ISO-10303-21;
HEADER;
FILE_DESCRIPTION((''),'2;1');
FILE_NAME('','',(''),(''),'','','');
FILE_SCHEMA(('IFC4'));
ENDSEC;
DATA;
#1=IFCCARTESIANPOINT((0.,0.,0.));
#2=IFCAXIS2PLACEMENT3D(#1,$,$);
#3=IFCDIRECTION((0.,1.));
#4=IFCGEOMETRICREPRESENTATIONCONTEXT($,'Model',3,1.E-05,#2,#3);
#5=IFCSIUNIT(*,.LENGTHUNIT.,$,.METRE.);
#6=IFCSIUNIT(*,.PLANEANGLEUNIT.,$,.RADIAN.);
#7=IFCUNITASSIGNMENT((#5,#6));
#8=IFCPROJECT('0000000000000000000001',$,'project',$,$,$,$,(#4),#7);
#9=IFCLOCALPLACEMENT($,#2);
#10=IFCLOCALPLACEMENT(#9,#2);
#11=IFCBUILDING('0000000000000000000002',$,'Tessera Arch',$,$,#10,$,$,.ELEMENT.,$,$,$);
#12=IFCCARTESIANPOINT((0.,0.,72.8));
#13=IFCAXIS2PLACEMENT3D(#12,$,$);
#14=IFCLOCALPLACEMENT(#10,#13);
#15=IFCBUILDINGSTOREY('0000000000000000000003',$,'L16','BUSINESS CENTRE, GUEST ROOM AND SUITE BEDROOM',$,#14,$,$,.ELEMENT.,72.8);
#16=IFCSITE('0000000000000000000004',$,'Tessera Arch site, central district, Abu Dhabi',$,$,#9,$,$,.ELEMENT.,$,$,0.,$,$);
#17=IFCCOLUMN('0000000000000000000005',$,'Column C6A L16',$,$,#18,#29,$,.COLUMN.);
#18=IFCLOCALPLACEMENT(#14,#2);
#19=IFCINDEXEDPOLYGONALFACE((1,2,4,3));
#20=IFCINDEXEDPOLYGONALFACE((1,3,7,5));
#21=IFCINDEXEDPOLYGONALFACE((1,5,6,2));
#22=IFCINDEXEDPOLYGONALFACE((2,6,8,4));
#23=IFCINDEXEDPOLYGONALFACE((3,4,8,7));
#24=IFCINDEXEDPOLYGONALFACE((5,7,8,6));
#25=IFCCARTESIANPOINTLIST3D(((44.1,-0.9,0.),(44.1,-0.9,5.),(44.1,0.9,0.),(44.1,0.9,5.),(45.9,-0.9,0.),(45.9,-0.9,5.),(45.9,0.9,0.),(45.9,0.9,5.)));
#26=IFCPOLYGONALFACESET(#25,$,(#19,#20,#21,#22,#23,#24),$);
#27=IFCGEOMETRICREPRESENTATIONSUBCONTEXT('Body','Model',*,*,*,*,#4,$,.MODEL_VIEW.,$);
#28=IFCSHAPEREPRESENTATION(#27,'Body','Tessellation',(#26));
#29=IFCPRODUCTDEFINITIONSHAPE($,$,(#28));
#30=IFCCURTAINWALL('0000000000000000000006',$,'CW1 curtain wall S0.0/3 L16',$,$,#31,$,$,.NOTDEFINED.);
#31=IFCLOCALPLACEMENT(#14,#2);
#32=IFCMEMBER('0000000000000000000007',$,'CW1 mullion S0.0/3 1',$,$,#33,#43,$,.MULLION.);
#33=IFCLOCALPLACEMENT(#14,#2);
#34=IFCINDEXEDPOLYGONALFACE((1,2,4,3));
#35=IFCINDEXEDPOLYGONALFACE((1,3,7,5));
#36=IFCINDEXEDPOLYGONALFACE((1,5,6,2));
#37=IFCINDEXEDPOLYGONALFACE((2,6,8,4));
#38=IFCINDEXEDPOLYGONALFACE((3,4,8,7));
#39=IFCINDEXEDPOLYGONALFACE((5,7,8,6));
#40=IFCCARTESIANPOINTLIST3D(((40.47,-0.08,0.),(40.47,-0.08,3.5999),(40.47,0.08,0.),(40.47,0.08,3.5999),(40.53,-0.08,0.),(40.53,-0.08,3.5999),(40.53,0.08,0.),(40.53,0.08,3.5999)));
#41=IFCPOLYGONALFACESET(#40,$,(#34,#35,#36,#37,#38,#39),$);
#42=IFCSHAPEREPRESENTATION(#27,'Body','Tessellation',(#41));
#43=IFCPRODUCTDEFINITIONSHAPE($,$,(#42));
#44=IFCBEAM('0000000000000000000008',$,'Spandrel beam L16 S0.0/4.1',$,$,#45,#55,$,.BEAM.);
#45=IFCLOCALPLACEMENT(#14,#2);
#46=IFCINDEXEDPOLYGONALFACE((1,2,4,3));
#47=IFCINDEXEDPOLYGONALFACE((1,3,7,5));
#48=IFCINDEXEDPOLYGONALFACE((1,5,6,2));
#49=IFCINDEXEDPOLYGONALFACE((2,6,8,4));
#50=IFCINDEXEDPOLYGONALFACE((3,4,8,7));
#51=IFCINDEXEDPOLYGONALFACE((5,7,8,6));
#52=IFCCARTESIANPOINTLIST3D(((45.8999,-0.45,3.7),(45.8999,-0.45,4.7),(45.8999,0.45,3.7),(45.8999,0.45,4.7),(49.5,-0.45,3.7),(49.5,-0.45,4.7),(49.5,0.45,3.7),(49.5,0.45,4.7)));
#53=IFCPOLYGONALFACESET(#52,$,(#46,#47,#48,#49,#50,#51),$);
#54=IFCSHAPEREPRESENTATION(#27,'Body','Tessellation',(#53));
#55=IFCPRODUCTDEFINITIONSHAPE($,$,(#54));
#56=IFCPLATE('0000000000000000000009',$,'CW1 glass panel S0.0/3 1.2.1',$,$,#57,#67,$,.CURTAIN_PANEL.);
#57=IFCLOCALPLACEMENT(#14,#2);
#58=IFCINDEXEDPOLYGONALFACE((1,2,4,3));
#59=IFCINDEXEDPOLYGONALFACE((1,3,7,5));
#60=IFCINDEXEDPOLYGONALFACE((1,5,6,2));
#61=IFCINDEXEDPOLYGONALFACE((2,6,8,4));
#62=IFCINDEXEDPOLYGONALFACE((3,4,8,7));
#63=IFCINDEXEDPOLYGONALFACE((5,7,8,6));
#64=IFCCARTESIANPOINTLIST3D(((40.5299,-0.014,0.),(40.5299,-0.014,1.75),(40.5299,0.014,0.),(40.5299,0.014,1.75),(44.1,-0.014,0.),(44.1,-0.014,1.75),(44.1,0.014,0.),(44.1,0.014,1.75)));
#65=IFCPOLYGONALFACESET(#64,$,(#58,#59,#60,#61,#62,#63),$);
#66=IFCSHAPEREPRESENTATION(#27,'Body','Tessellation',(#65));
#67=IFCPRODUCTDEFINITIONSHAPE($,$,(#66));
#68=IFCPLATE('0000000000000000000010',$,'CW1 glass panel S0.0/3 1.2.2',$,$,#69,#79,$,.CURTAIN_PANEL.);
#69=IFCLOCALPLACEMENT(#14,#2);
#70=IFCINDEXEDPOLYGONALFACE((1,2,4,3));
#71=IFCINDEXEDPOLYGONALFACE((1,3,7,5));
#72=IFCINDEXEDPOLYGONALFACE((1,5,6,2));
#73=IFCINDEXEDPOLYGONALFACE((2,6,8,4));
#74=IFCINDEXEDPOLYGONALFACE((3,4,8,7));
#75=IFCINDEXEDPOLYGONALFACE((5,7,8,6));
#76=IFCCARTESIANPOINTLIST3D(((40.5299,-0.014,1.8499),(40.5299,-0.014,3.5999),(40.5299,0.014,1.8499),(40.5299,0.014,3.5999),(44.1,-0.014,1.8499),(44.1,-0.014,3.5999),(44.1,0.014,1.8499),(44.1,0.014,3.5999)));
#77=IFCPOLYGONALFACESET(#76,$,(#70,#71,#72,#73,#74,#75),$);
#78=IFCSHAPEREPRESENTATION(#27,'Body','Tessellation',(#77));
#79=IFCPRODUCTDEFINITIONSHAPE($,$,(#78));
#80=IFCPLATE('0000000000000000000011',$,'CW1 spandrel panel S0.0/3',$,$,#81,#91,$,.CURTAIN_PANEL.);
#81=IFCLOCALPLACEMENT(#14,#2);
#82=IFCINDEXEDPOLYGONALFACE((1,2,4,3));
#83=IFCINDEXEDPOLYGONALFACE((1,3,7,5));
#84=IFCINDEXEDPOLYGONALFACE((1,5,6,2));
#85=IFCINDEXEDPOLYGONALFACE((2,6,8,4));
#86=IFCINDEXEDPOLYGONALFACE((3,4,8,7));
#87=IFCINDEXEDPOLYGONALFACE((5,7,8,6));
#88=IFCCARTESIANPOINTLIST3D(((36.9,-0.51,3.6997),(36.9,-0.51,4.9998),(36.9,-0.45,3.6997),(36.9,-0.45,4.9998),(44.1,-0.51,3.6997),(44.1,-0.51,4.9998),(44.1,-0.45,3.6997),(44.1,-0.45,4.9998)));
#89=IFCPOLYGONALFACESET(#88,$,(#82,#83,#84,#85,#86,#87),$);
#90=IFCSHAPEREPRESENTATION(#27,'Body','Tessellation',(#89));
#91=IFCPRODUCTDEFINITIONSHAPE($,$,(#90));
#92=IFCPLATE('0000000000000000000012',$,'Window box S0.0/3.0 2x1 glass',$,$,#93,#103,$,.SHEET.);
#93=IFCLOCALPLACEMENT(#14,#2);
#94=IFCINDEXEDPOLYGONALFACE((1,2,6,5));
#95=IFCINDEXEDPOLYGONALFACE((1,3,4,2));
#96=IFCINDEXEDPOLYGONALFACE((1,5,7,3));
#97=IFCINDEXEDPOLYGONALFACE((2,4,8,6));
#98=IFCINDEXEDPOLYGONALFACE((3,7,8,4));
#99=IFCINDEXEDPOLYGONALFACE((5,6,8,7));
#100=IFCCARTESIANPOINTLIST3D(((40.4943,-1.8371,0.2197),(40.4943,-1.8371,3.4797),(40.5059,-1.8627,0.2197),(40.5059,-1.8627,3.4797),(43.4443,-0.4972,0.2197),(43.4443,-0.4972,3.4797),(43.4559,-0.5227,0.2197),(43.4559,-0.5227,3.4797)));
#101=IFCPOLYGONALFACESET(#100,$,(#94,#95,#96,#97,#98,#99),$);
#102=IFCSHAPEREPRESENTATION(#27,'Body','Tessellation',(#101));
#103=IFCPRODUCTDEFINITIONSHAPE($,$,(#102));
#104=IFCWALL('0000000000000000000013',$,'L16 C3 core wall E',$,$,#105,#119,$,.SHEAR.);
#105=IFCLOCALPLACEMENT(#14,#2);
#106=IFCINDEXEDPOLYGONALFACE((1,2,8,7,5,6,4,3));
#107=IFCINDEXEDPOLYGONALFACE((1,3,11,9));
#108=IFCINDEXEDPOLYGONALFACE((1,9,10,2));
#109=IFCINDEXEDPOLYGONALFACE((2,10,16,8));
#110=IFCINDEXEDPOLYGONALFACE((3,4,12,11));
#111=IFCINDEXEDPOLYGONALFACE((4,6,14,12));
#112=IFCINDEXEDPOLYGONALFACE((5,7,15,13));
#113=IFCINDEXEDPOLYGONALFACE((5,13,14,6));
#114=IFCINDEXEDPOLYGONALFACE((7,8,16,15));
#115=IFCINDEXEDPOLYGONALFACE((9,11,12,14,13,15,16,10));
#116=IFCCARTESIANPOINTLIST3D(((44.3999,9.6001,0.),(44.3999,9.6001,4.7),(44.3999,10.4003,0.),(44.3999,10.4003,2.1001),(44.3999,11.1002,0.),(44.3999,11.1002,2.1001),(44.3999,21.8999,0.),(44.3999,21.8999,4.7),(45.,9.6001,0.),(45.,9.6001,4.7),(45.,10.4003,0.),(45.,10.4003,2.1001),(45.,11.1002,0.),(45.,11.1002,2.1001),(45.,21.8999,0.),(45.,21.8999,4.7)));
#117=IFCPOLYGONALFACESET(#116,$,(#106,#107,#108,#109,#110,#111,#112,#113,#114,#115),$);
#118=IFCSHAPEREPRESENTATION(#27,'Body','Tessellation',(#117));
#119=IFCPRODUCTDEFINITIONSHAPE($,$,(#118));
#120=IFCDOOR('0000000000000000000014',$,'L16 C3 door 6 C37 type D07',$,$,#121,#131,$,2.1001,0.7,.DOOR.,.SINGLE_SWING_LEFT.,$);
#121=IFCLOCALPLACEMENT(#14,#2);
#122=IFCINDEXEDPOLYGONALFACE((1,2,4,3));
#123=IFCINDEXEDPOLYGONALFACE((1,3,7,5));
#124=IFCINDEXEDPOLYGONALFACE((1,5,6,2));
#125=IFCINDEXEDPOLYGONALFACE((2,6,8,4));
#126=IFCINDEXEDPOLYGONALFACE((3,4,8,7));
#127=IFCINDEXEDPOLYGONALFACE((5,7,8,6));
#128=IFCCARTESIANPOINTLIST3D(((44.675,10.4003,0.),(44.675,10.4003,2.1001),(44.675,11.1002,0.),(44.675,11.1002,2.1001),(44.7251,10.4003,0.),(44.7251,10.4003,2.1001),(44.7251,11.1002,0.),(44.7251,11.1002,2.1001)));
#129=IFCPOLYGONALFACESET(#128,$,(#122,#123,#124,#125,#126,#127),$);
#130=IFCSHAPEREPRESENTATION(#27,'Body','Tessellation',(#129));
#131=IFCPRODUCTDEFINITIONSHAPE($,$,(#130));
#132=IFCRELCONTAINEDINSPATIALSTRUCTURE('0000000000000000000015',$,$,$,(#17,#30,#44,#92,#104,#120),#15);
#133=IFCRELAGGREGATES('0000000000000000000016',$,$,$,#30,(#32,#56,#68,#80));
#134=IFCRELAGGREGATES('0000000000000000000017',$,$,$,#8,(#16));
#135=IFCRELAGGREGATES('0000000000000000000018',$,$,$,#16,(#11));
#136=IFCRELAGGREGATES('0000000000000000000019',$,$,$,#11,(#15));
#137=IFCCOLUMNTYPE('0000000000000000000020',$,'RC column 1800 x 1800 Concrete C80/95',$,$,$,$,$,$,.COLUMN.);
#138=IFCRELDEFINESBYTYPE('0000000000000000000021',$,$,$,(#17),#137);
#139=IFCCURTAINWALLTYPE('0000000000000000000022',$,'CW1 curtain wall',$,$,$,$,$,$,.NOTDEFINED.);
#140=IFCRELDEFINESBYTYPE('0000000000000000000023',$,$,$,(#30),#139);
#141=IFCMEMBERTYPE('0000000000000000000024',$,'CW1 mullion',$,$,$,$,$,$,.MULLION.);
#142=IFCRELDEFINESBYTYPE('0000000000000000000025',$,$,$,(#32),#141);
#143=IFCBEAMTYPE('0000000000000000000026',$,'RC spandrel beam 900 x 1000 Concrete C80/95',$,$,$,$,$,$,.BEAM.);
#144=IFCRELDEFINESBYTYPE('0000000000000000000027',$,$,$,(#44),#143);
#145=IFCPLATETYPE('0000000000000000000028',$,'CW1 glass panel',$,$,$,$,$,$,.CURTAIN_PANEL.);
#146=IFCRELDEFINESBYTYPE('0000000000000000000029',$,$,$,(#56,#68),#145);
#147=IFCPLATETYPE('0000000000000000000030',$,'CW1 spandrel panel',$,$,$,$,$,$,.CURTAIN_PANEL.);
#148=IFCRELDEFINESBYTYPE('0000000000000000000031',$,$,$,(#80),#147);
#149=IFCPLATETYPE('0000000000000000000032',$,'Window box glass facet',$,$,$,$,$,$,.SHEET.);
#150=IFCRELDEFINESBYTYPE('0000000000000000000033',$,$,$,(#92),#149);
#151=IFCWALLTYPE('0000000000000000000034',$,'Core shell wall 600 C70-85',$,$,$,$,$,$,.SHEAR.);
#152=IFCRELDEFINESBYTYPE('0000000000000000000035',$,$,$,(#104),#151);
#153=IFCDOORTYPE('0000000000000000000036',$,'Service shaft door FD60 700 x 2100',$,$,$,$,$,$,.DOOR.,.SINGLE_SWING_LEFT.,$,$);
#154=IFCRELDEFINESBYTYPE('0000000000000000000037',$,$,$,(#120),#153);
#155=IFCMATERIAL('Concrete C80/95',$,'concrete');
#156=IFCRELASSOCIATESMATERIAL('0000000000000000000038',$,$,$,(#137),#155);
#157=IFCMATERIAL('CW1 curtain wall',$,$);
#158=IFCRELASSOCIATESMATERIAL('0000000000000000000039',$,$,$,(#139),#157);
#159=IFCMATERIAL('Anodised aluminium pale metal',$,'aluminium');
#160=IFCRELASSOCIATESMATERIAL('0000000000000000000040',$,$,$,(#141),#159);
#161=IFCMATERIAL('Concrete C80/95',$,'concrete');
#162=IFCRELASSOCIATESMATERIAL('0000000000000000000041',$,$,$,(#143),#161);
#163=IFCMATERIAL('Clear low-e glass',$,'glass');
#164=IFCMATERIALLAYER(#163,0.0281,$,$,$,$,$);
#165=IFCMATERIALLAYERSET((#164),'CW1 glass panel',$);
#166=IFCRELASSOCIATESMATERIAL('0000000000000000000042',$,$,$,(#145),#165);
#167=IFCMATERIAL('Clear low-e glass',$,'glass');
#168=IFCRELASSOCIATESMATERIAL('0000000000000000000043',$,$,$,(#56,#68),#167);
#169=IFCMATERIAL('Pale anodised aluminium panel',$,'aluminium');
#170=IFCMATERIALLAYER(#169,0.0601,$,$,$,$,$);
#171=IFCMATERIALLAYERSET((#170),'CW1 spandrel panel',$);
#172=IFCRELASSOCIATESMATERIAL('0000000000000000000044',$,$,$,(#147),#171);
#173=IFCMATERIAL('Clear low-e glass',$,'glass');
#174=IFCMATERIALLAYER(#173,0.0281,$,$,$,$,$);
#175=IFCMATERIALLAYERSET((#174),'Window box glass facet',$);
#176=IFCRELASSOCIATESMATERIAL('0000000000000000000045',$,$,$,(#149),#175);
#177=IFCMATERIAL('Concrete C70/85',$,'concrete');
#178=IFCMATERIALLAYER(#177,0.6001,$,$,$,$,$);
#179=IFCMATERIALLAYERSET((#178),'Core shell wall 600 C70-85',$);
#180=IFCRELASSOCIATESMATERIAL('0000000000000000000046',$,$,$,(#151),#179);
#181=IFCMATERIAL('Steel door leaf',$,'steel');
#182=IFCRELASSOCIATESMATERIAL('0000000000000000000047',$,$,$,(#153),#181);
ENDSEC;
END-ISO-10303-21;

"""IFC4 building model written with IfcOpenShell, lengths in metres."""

from ifc_helpers import new_model, si_unit, direction, frame, frame_2d, origin, origin_2d, place, context, subcontext, project, spatial, rectangle, extrude, material, layer, layer_set, material_profile, profile_set, type_object, element, fill, aggregate, save


model = new_model("IFC4")

# Units and contexts
model_context = context("Model", 3, precision=1e-05, world=origin(), true_north=direction((0.0, 1.0)))
body_context = subcontext(model_context, "Body", "Model", "MODEL_VIEW")
ifc_project = project(units=[si_unit("LENGTHUNIT", "METRE"), si_unit("PLANEANGLEUNIT", "RADIAN")], contexts=[model_context])

# Site, building, storey
site_placement = place(None, origin())
site = spatial("IfcSite", under=ifc_project, at=site_placement, Name="Tessera Arch site, central district, Abu Dhabi", CompositionType="ELEMENT", RefElevation=0.0)
building_placement = place(site_placement, origin())
building = spatial("IfcBuilding", under=site, at=building_placement, Name="Tessera Arch", CompositionType="ELEMENT")
storey_placement = place(building_placement, frame((0.0, 0.0, 72.8)))
storey = spatial("IfcBuildingStorey", under=building, at=storey_placement, Name="L16", Description="BUSINESS CENTRE, GUEST ROOM AND SUITE BEDROOM", CompositionType="ELEMENT", Elevation=72.8)

# Column
ifc_material_1 = material(Name="Concrete C80/95", Category="concrete")
ifc_material_profile_1 = material_profile(ifc_material_1, rectangle(XDim=1.8, YDim=1.8, at=origin_2d()), Name="RC column 1800 x 1800 Concrete C80/95")
ifc_profile_set_1 = profile_set([ifc_material_profile_1], Name="Concrete C80/95")
column_type = type_object("IfcColumnType", Name="RC column 1800 x 1800 Concrete C80/95", PredefinedType="COLUMN", material=ifc_profile_set_1)
column_placement = place(storey_placement, frame((45.0, 0.0, 0.0), z_axis=(0.0, 0.0, 1.0), x_axis=(1.0, 0.0, 0.0)))
element("IfcColumn", 1, at=column_placement, inside=storey, type_object=column_type, Name="Column C6A L16", PredefinedType="COLUMN", context=body_context, shape_type="SweptSolid", body=[
    extrude(rectangle(XDim=1.8, YDim=1.8, at=origin_2d()), origin(), (0.0, 0.0, 1.0), 5.0),
])

# Curtain wall, member
ifc_material_2 = material(Name="CW1 curtain wall")
curtain_wall_type = type_object("IfcCurtainWallType", Name="CW1 curtain wall", PredefinedType="NOTDEFINED", material=ifc_material_2)
curtain_wall_placement = place(storey_placement, origin())
curtain_wall = element("IfcCurtainWall", 2, at=curtain_wall_placement, inside=storey, type_object=curtain_wall_type, Name="CW1 curtain wall S0.0/3 L16", PredefinedType="NOTDEFINED")
ifc_material_3 = material(Name="Anodised aluminium pale metal", Category="aluminium")
ifc_material_profile_2 = material_profile(ifc_material_3, rectangle(XDim=0.1599, YDim=0.0601, at=origin_2d()), Name="AL 60x160")
ifc_profile_set_2 = profile_set([ifc_material_profile_2], Name="Anodised aluminium pale metal")
member_type = type_object("IfcMemberType", Name="CW1 mullion", PredefinedType="MULLION", material=ifc_profile_set_2)
member_placement = place(storey_placement, frame((40.5, 0.0, 0.0), z_axis=(0.0, 0.0, 1.0), x_axis=(0.0, 1.0, 0.0)))
member = element("IfcMember", 3, at=member_placement, type_object=member_type, Name="CW1 mullion S0.0/3 1", PredefinedType="MULLION", context=body_context, shape_type="SweptSolid", body=[
    extrude(rectangle(XDim=0.1599, YDim=0.0601, at=origin_2d()), origin(), (0.0, 0.0, 1.0), 3.5999),
])

# Beam
ifc_material_4 = material(Name="Concrete C80/95", Category="concrete")
ifc_material_profile_3 = material_profile(ifc_material_4, rectangle(XDim=0.8999, YDim=1.0, at=origin_2d()), Name="RC spandrel beam 900 x 1000 Concrete C80/95")
ifc_profile_set_3 = profile_set([ifc_material_profile_3], Name="Concrete C80/95")
beam_type = type_object("IfcBeamType", Name="RC spandrel beam 900 x 1000 Concrete C80/95", PredefinedType="BEAM", material=ifc_profile_set_3)
beam_placement = place(storey_placement, frame((45.8999, 0.0, 4.2), z_axis=(1.0, 0.0, 0.0), x_axis=(0.0, 1.0, 0.0)))
element("IfcBeam", 4, at=beam_placement, inside=storey, type_object=beam_type, Name="Spandrel beam L16 S0.0/4.1", PredefinedType="BEAM", context=body_context, shape_type="SweptSolid", body=[
    extrude(rectangle(XDim=0.8999, YDim=1.0, at=origin_2d()), origin(), (0.0, 0.0, 1.0), 3.6001),
])

# Plates
ifc_material_5 = material(Name="Clear low-e glass", Category="glass")
ifc_material_6 = material(Name="Clear low-e glass", Category="glass")
ifc_layer_1 = layer(ifc_material_6, 0.0281)
ifc_layer_set_1 = layer_set([ifc_layer_1], Name="CW1 glass panel")
plate_type_1 = type_object("IfcPlateType", Name="CW1 glass panel", PredefinedType="CURTAIN_PANEL", material=ifc_layer_set_1)
plate_1_placement = place(storey_placement, frame((42.3149, 0.0, 0.0), z_axis=(0.0, 0.0, 1.0), x_axis=(1.0, 0.0, 0.0)))
plate_1 = element("IfcPlate", 5, at=plate_1_placement, type_object=plate_type_1, material=ifc_material_5, Name="CW1 glass panel S0.0/3 1.2.1", PredefinedType="CURTAIN_PANEL", context=body_context, shape_type="SweptSolid", body=[
    extrude(rectangle(XDim=3.5701, YDim=0.0281, at=origin_2d()), origin(), (0.0, 0.0, 1.0), 1.75),
])
plate_2_placement = place(storey_placement, frame((42.3149, 0.0, 1.8499), z_axis=(0.0, 0.0, 1.0), x_axis=(1.0, 0.0, 0.0)))
plate_2 = element("IfcPlate", 6, at=plate_2_placement, type_object=plate_type_1, material=ifc_material_5, Name="CW1 glass panel S0.0/3 1.2.2", PredefinedType="CURTAIN_PANEL", context=body_context, shape_type="SweptSolid", body=[
    extrude(rectangle(XDim=3.5701, YDim=0.0281, at=origin_2d()), origin(), (0.0, 0.0, 1.0), 1.75),
])
ifc_material_7 = material(Name="Pale anodised aluminium panel", Category="aluminium")
ifc_layer_2 = layer(ifc_material_7, 0.0601)
ifc_layer_set_2 = layer_set([ifc_layer_2], Name="CW1 spandrel panel")
plate_type_2 = type_object("IfcPlateType", Name="CW1 spandrel panel", PredefinedType="CURTAIN_PANEL", material=ifc_layer_set_2)
plate_3_placement = place(storey_placement, frame((40.5, -0.48, 3.6997), z_axis=(0.0, 0.0, 1.0), x_axis=(1.0, 0.0, 0.0)))
plate_3 = element("IfcPlate", 7, at=plate_3_placement, type_object=plate_type_2, Name="CW1 spandrel panel S0.0/3", PredefinedType="CURTAIN_PANEL", context=body_context, shape_type="SweptSolid", body=[
    extrude(rectangle(XDim=7.2, YDim=0.0601, at=origin_2d()), origin(), (0.0, 0.0, 1.0), 1.3),
])
aggregate(curtain_wall, [member, plate_1, plate_2, plate_3])
ifc_material_8 = material(Name="Clear low-e glass", Category="glass")
ifc_layer_3 = layer(ifc_material_8, 0.0281)
ifc_layer_set_3 = layer_set([ifc_layer_3], Name="Window box glass facet")
plate_type_3 = type_object("IfcPlateType", Name="Window box glass facet", PredefinedType="SHEET", material=ifc_layer_set_3)
plate_4_placement = place(storey_placement, frame((41.9751, -1.1799, 0.2197), z_axis=(0.0, 0.0, 1.0), x_axis=(-0.910472, -0.41357, 0.0)))
element("IfcPlate", 8, at=plate_4_placement, inside=storey, type_object=plate_type_3, Name="Window box S0.0/3.0 2x1 glass", PredefinedType="SHEET", context=body_context, shape_type="SweptSolid", body=[
    extrude(rectangle(XDim=3.24, YDim=0.0281, at=origin_2d()), origin(), (0.0, 0.0, 1.0), 3.26),
])

# Wall, opening, door
ifc_material_9 = material(Name="Concrete C70/85", Category="concrete")
ifc_layer_4 = layer(ifc_material_9, 0.6001)
ifc_layer_set_4 = layer_set([ifc_layer_4], Name="Core shell wall 600 C70-85")
wall_type_1 = type_object("IfcWallType", Name="Core shell wall 600 C70-85", PredefinedType="SHEAR", material=ifc_layer_set_4)
wall_1_placement = place(storey_placement, frame((44.7, 9.6001, 0.0), z_axis=(0.0, 0.0, 1.0), x_axis=(0.0, 1.0, 0.0)))
wall_1 = element("IfcWall", 9, at=wall_1_placement, inside=storey, type_object=wall_type_1, Name="L16 C3 core wall E", PredefinedType="SHEAR", context=body_context, shape_type="SweptSolid", body=[
    extrude(rectangle(XDim=12.2998, YDim=0.6001, at=frame_2d((6.1499, 0.0))), origin(), (0.0, 0.0, 1.0), 4.7),
])
opening_1_placement = place(wall_1_placement, frame((0.8, 0.0, 0.0)))
opening_1 = element("IfcOpeningElement", 10, at=opening_1_placement, cuts=wall_1, PredefinedType="OPENING", context=body_context, shape_type="SweptSolid", body=[
    extrude(rectangle(XDim=0.7, YDim=2.1001, at=frame_2d((0.3501, 1.05))), frame((0.0, 0.3101, 0.0), z_axis=(0.0, -1.0, 0.0), x_axis=(1.0, 0.0, 0.0)), (0.0, 0.0, 1.0), 0.6201),
])
ifc_material_10 = material(Name="Steel door leaf", Category="steel")
door_type_1 = type_object("IfcDoorType", Name="Service shaft door FD60 700 x 2100", OperationType="SINGLE_SWING_LEFT", PredefinedType="DOOR", material=ifc_material_10)
door_1_placement = place(opening_1_placement, origin())
door_1 = element("IfcDoor", 11, at=door_1_placement, inside=storey, type_object=door_type_1, Name="L16 C3 door 6 C37 type D07", OperationType="SINGLE_SWING_LEFT", OverallHeight=2.1001, OverallWidth=0.7, PredefinedType="DOOR", context=body_context, shape_type="SweptSolid", body=[
    extrude(rectangle(XDim=0.7, YDim=2.1001, at=frame_2d((0.3501, 1.05))), frame((0.0, 0.0249, 0.0), z_axis=(0.0, -1.0, 0.0), x_axis=(1.0, 0.0, 0.0)), (0.0, 0.0, 1.0), 0.05),
])
fill(opening_1, door_1)

save(model, "model.ifc")
